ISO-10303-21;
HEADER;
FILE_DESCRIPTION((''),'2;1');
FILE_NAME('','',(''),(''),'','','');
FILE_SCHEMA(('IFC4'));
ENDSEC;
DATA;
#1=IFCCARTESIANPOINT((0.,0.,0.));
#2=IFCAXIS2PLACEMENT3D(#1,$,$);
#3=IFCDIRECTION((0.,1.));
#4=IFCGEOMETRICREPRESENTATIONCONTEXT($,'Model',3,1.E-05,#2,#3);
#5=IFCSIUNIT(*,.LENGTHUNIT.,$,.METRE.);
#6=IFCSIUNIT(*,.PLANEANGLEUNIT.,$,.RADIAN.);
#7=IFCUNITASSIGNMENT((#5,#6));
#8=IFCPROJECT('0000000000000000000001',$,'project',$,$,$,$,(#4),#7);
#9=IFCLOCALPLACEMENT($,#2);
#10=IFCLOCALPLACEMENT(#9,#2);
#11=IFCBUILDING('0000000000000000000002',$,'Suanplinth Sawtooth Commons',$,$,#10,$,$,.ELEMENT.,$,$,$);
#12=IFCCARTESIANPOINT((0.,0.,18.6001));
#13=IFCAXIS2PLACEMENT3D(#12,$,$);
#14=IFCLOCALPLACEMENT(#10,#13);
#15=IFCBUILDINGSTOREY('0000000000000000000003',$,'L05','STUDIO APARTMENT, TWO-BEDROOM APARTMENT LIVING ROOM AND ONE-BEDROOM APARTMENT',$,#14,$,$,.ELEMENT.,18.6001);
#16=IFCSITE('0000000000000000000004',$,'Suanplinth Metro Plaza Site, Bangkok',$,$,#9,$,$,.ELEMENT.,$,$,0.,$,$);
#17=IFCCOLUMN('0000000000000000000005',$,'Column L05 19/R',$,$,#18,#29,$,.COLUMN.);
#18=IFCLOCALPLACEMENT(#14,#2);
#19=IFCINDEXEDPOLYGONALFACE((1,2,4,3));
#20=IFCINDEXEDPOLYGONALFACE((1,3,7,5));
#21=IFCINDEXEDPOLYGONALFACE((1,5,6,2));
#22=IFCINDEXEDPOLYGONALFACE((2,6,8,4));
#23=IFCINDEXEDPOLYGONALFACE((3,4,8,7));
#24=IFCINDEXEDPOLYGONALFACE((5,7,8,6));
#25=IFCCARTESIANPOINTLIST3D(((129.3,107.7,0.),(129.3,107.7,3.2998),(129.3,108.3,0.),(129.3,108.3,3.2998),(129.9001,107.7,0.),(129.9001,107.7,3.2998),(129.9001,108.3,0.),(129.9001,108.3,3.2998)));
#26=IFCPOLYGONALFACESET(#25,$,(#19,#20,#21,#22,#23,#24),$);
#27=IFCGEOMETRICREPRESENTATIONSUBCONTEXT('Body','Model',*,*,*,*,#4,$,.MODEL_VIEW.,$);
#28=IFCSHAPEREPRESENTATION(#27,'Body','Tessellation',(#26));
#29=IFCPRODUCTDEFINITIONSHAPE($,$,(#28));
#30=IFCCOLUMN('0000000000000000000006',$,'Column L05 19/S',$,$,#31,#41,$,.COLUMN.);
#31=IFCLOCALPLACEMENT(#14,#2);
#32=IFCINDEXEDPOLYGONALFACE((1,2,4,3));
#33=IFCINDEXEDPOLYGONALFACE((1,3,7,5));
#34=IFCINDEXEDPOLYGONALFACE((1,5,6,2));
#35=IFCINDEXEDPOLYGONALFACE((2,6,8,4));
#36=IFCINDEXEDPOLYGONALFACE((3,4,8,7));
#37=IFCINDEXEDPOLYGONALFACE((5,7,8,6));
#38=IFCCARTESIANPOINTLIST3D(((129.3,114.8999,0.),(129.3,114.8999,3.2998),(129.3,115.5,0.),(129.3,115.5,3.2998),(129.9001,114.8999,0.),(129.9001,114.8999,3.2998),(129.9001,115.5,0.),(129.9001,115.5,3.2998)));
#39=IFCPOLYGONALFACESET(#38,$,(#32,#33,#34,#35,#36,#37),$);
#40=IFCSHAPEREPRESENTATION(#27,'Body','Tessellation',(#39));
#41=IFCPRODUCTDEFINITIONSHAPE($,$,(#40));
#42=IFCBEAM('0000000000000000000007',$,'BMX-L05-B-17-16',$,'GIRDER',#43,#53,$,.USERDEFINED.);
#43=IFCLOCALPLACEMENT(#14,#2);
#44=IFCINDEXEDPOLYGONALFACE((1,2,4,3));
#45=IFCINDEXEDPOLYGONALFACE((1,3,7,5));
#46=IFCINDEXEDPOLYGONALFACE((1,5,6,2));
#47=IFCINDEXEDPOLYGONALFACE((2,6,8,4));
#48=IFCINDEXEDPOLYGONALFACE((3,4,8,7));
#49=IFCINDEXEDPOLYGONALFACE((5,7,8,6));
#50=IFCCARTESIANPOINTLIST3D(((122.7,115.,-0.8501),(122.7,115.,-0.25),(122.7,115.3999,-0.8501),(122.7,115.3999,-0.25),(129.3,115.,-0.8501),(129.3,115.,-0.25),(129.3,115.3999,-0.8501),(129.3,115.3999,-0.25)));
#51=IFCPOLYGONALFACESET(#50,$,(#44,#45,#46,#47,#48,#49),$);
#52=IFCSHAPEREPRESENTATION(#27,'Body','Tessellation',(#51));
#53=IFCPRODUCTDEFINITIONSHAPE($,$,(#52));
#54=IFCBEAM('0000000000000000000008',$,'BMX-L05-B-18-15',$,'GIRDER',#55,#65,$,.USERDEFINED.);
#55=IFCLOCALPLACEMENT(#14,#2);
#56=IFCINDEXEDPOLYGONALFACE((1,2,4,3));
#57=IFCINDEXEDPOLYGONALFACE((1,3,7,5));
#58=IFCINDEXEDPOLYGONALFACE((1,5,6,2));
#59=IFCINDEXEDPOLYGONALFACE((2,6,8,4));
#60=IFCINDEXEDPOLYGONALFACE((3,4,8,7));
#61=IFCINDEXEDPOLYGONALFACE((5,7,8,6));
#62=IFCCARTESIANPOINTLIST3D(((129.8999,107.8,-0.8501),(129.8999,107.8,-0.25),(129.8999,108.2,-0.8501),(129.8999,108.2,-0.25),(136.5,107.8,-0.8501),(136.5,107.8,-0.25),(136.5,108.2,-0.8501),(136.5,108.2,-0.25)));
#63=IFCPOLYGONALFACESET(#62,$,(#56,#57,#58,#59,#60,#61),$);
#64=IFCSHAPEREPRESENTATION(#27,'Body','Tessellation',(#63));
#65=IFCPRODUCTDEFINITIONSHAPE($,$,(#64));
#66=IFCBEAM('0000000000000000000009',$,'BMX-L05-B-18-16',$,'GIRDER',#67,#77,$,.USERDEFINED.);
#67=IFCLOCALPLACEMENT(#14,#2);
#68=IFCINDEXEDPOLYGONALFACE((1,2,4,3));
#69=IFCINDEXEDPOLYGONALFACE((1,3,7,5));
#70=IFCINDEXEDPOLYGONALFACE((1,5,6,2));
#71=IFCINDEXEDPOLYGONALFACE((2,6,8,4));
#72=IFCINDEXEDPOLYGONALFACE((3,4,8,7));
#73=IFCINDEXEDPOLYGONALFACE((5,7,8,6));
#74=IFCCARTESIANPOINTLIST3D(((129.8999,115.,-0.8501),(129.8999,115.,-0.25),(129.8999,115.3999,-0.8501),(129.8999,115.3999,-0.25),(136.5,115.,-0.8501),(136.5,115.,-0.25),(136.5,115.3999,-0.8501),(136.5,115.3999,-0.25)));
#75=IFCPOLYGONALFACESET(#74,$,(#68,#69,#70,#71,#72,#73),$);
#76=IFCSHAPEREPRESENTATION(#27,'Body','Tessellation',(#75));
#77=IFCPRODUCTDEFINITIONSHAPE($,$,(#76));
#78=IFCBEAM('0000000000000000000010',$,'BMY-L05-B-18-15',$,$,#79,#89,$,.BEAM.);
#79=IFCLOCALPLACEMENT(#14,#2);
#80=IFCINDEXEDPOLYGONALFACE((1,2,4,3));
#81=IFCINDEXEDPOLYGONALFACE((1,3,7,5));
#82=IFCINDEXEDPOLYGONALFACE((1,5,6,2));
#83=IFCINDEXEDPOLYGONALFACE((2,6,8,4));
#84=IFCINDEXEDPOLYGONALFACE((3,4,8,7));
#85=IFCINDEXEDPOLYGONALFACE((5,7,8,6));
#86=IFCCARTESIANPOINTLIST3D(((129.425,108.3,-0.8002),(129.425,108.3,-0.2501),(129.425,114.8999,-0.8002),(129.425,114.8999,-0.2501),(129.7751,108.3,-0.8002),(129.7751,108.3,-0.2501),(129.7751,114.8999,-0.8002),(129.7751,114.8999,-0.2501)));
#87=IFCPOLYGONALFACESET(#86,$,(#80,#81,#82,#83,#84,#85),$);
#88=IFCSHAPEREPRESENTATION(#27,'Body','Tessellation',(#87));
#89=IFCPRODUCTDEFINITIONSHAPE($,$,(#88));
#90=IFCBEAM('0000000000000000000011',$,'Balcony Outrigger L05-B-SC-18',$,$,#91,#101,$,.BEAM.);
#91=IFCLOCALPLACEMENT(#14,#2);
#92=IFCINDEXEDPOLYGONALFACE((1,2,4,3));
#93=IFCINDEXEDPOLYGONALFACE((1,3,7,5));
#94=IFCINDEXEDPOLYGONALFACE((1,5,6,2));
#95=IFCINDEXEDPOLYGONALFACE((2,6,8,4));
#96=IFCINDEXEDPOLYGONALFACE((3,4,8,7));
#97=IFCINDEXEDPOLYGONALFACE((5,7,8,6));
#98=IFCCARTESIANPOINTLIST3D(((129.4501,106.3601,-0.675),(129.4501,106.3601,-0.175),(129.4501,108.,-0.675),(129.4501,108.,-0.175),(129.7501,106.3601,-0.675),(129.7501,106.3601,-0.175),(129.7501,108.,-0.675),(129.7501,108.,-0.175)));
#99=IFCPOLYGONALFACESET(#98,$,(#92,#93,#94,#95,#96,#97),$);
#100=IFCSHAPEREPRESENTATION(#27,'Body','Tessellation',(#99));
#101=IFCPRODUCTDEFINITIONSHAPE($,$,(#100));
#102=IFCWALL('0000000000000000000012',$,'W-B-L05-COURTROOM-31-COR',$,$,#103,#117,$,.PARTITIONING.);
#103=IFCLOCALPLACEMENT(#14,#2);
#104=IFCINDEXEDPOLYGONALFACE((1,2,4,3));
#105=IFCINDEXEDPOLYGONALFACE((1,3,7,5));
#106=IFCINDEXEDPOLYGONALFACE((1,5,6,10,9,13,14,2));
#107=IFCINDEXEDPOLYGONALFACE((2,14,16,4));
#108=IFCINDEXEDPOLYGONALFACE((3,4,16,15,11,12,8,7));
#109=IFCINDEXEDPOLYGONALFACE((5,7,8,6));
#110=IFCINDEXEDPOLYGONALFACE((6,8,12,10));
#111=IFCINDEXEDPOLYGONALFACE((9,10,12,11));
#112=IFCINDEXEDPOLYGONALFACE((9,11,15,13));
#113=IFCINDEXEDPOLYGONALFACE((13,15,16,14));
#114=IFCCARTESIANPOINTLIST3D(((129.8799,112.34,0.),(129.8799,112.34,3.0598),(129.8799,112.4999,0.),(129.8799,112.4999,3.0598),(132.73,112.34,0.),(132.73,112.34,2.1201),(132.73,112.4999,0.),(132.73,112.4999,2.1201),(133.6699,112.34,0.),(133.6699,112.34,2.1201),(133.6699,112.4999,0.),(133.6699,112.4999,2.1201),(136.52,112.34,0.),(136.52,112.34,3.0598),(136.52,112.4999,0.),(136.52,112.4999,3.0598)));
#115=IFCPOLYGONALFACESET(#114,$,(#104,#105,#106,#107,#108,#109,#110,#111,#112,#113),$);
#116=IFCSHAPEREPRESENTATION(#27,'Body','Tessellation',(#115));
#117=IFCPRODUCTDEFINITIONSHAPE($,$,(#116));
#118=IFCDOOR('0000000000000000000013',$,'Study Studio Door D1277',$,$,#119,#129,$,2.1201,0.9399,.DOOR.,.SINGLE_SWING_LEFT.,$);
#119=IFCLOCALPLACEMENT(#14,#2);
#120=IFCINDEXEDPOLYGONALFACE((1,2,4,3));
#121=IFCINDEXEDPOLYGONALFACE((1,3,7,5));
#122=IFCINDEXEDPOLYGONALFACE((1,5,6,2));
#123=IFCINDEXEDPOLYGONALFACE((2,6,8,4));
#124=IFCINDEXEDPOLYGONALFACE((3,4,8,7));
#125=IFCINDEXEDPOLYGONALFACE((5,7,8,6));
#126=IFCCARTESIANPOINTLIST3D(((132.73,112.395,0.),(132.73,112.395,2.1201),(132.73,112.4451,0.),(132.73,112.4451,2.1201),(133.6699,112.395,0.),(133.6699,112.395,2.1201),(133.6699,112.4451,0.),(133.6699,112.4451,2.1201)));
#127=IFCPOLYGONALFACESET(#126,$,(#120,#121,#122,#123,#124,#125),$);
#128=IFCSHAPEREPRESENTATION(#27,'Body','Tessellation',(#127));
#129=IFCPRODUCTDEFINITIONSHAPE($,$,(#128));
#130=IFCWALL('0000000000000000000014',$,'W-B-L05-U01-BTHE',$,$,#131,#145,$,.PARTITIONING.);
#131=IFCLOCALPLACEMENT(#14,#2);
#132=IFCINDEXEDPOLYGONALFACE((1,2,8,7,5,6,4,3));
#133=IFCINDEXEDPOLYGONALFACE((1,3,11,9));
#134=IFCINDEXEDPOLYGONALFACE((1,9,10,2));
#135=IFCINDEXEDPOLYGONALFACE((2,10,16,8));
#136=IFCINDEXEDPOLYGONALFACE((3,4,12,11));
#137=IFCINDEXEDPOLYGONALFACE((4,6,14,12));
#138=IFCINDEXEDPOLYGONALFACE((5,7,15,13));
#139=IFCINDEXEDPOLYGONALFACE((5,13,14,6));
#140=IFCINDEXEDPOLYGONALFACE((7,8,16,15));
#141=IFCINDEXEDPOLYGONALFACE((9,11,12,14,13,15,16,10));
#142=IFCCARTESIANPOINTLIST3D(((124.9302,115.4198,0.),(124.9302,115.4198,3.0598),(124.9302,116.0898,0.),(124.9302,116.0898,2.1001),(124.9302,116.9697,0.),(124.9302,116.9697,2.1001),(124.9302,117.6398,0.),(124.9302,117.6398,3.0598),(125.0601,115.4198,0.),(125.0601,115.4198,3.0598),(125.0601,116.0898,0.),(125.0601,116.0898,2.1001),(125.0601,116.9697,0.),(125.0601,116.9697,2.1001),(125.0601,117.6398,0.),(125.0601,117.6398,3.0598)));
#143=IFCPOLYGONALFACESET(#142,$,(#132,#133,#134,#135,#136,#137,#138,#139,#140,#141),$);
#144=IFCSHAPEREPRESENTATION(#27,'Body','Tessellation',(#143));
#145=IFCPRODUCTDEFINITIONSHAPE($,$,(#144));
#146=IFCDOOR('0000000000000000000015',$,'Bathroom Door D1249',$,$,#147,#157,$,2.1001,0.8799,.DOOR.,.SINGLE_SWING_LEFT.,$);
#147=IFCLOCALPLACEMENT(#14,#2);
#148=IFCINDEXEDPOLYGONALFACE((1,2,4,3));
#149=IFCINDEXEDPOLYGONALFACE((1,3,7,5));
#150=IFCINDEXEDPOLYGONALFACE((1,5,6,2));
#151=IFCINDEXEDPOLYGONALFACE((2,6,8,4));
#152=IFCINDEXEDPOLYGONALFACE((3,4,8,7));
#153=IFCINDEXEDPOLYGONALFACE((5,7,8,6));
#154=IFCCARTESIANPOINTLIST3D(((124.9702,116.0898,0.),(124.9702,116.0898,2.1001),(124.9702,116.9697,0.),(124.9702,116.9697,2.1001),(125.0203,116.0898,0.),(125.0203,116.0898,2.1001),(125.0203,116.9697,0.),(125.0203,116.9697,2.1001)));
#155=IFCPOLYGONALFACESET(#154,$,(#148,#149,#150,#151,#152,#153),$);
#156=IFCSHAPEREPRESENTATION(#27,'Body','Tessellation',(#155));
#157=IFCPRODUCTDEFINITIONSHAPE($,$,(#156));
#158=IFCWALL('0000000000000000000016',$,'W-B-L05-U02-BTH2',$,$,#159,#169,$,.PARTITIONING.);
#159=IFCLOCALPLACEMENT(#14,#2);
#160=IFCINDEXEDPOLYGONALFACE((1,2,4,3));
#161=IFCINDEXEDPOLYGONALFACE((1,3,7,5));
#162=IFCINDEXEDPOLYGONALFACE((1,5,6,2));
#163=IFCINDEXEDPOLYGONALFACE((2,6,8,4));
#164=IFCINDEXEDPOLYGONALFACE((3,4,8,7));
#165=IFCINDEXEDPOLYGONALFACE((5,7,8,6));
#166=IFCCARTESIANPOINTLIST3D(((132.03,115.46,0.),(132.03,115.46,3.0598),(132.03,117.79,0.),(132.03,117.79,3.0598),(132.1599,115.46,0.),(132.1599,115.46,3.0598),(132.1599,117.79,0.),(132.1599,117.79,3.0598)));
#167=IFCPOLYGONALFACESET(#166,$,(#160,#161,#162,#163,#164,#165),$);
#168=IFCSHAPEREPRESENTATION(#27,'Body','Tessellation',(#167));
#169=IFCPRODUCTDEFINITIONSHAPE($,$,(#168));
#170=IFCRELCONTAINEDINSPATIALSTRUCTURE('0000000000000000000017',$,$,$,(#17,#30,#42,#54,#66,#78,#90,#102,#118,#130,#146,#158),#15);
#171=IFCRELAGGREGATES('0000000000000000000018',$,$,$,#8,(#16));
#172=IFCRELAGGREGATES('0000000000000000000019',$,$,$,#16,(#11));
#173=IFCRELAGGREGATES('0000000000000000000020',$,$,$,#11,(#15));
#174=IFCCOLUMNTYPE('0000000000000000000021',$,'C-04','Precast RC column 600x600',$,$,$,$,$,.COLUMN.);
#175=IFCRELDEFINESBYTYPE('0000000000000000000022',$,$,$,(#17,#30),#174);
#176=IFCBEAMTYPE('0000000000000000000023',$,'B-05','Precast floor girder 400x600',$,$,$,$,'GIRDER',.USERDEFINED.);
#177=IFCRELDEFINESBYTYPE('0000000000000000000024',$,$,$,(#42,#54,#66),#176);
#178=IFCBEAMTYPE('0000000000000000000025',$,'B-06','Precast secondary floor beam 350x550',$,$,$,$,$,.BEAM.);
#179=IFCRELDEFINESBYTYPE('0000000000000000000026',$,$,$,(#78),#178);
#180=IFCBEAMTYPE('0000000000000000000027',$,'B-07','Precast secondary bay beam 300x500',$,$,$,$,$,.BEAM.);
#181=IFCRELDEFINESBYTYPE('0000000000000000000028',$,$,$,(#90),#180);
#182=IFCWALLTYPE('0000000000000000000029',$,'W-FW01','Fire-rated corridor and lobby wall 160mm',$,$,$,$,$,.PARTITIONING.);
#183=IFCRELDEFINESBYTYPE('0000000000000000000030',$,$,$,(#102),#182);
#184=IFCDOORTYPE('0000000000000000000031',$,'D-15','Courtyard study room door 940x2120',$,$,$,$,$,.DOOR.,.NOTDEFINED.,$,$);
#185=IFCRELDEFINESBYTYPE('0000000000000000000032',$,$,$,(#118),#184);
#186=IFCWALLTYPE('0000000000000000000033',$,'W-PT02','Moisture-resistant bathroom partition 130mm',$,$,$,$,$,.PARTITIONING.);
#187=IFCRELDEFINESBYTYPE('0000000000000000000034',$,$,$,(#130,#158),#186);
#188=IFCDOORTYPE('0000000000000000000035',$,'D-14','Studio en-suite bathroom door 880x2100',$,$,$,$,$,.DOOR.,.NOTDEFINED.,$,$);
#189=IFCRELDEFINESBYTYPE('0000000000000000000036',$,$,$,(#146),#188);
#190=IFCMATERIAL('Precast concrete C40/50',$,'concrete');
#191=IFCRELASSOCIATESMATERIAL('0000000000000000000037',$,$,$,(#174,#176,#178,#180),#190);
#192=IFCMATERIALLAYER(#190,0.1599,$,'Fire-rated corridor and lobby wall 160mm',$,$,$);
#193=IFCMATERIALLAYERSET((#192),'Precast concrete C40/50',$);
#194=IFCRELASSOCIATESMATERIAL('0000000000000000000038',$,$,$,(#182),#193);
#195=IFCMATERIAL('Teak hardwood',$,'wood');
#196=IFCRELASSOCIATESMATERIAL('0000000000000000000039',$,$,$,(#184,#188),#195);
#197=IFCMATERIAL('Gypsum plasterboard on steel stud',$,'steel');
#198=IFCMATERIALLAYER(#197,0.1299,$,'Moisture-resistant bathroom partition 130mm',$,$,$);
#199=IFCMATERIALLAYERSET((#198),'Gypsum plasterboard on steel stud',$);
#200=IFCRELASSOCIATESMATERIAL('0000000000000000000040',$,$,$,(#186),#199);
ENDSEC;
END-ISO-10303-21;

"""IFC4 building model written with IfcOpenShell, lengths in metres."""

from ifc_helpers import new_model, si_unit, direction, frame, frame_2d, origin, origin_2d, place, context, subcontext, project, spatial, rectangle, extrude, material, layer, layer_set, material_profile, profile_set, type_object, element, fill, save


model = new_model("IFC4")

# Units and contexts
model_context = context("Model", 3, precision=1e-05, world=origin(), true_north=direction((0.0, 1.0)))
body_context = subcontext(model_context, "Body", "Model", "MODEL_VIEW")
ifc_project = project(units=[si_unit("LENGTHUNIT", "METRE"), si_unit("PLANEANGLEUNIT", "RADIAN")], contexts=[model_context])

# Site, building, storey
site_placement = place(None, origin())
site = spatial("IfcSite", under=ifc_project, at=site_placement, Name="Suanplinth Metro Plaza Site, Bangkok", CompositionType="ELEMENT", RefElevation=0.0)
building_placement = place(site_placement, origin())
building = spatial("IfcBuilding", under=site, at=building_placement, Name="Suanplinth Sawtooth Commons", CompositionType="ELEMENT")
storey_placement = place(building_placement, frame((0.0, 0.0, 18.6001)))
storey = spatial("IfcBuildingStorey", under=building, at=storey_placement, Name="L05", Description="STUDIO APARTMENT, TWO-BEDROOM APARTMENT LIVING ROOM AND ONE-BEDROOM APARTMENT", CompositionType="ELEMENT", Elevation=18.6001)

# Columns
ifc_material_1 = material(Name="Precast concrete C40/50", Category="concrete")
ifc_material_profile_1 = material_profile(ifc_material_1, rectangle(XDim=0.6001, YDim=0.6001, at=origin_2d()), Name="PC-COL 600x600")
ifc_profile_set_1 = profile_set([ifc_material_profile_1], Name="Precast concrete C40/50")
column_type = type_object("IfcColumnType", Name="C-04", Description="Precast RC column 600x600", PredefinedType="COLUMN", material=ifc_profile_set_1)
for number, where, z_axis, x_axis, name in (
    (1, (129.6001, 108.0, 0.0), (0.0, 0.0, 1.0), (1.0, 0.0, 0.0), "Column L05 19/R"),
    (2, (129.6001, 115.2, 0.0), (0.0, 0.0, 1.0), (1.0, 0.0, 0.0), "Column L05 19/S"),
):
    element("IfcColumn", number, at=place(storey_placement, frame(where, z_axis=z_axis, x_axis=x_axis)), inside=storey, type_object=column_type, Name=name, PredefinedType="COLUMN", context=body_context, shape_type="SweptSolid", body=[
        extrude(rectangle(XDim=0.6001, YDim=0.6001, at=origin_2d()), origin(), (0.0, 0.0, 1.0), 3.2998),
    ])

# Beams
ifc_material_profile_2 = material_profile(ifc_material_1, rectangle(XDim=0.3999, YDim=0.6001, at=origin_2d()), Name="PC-GDR 400x600")
ifc_profile_set_2 = profile_set([ifc_material_profile_2], Name="Precast concrete C40/50")
beam_type_1 = type_object("IfcBeamType", Name="B-05", Description="Precast floor girder 400x600", ElementType="GIRDER", PredefinedType="USERDEFINED", material=ifc_profile_set_2)
for number, where, z_axis, x_axis, name in (
    (3, (122.7, 115.2, -0.55), (1.0, 0.0, 0.0), (0.0, 1.0, 0.0), "BMX-L05-B-17-16"),
    (4, (129.8999, 108.0, -0.55), (1.0, 0.0, 0.0), (0.0, 1.0, 0.0), "BMX-L05-B-18-15"),
    (5, (129.8999, 115.2, -0.55), (1.0, 0.0, 0.0), (0.0, 1.0, 0.0), "BMX-L05-B-18-16"),
):
    element("IfcBeam", number, at=place(storey_placement, frame(where, z_axis=z_axis, x_axis=x_axis)), inside=storey, type_object=beam_type_1, Name=name, ObjectType="GIRDER", PredefinedType="USERDEFINED", context=body_context, shape_type="SweptSolid", body=[
        extrude(rectangle(XDim=0.3999, YDim=0.6001, at=origin_2d()), origin(), (0.0, 0.0, 1.0), 6.6001),
    ])
ifc_material_profile_3 = material_profile(ifc_material_1, rectangle(XDim=0.3501, YDim=0.55, at=origin_2d()), Name="PC-BM 350x550")
ifc_profile_set_3 = profile_set([ifc_material_profile_3], Name="Precast concrete C40/50")
beam_type_2 = type_object("IfcBeamType", Name="B-06", Description="Precast secondary floor beam 350x550", PredefinedType="BEAM", material=ifc_profile_set_3)
beam_1_placement = place(storey_placement, frame((129.6001, 108.3, -0.5251), z_axis=(0.0, 1.0, 0.0), x_axis=(-1.0, 0.0, 0.0)))
element("IfcBeam", 6, at=beam_1_placement, inside=storey, type_object=beam_type_2, Name="BMY-L05-B-18-15", PredefinedType="BEAM", context=body_context, shape_type="SweptSolid", body=[
    extrude(rectangle(XDim=0.3501, YDim=0.55, at=origin_2d()), origin(), (0.0, 0.0, 1.0), 6.5999),
])
ifc_material_profile_4 = material_profile(ifc_material_1, rectangle(XDim=0.3, YDim=0.5, at=origin_2d()), Name="PC-BM 300x500")
ifc_profile_set_4 = profile_set([ifc_material_profile_4], Name="Precast concrete C40/50")
beam_type_3 = type_object("IfcBeamType", Name="B-07", Description="Precast secondary bay beam 300x500", PredefinedType="BEAM", material=ifc_profile_set_4)
beam_2_placement = place(storey_placement, frame((129.6001, 108.0, -0.425), z_axis=(0.0, -1.0, 0.0), x_axis=(1.0, 0.0, 0.0)))
element("IfcBeam", 7, at=beam_2_placement, inside=storey, type_object=beam_type_3, Name="Balcony Outrigger L05-B-SC-18", PredefinedType="BEAM", context=body_context, shape_type="SweptSolid", body=[
    extrude(rectangle(XDim=0.3, YDim=0.5, at=origin_2d()), origin(), (0.0, 0.0, 1.0), 1.6399),
])

# Walls, openings, doors
ifc_layer_1 = layer(ifc_material_1, 0.1599, Name="Fire-rated corridor and lobby wall 160mm")
ifc_layer_set_1 = layer_set([ifc_layer_1], Name="Precast concrete C40/50")
wall_type_1 = type_object("IfcWallType", Name="W-FW01", Description="Fire-rated corridor and lobby wall 160mm", PredefinedType="PARTITIONING", material=ifc_layer_set_1)
wall_1_placement = place(storey_placement, frame((129.8799, 112.4199, 0.0), z_axis=(0.0, 0.0, 1.0), x_axis=(1.0, 0.0, 0.0)))
wall_1 = element("IfcWall", 8, at=wall_1_placement, inside=storey, type_object=wall_type_1, Name="W-B-L05-COURTROOM-31-COR", PredefinedType="PARTITIONING", context=body_context, shape_type="SweptSolid", body=[
    extrude(rectangle(XDim=6.6401, YDim=0.1599, at=frame_2d((3.3201, 0.0))), origin(), (0.0, 0.0, 1.0), 3.0598),
])
opening_1_placement = place(wall_1_placement, frame((2.8501, 0.0, 0.0)))
opening_1 = element("IfcOpeningElement", 9, at=opening_1_placement, cuts=wall_1, PredefinedType="OPENING", context=body_context, shape_type="SweptSolid", body=[
    extrude(rectangle(XDim=0.9399, YDim=2.1201, at=frame_2d((0.47, 1.0601))), frame((0.0, 0.0947, 0.0), z_axis=(0.0, -1.0, 0.0), x_axis=(1.0, 0.0, 0.0)), (0.0, 0.0, 1.0), 0.1897),
])
ifc_material_2 = material(Name="Teak hardwood", Category="wood")
door_type_1 = type_object("IfcDoorType", Name="D-15", Description="Courtyard study room door 940x2120", OperationType="NOTDEFINED", PredefinedType="DOOR", material=ifc_material_2)
door_1_placement = place(opening_1_placement, frame((0.9399, 0.0, 0.0), z_axis=(0.0, 0.0, 1.0), x_axis=(-1.0, 0.0, 0.0)))
door_1 = element("IfcDoor", 10, at=door_1_placement, inside=storey, type_object=door_type_1, Name="Study Studio Door D1277", OperationType="SINGLE_SWING_LEFT", OverallHeight=2.1201, OverallWidth=0.9399, PredefinedType="DOOR", context=body_context, shape_type="SweptSolid", body=[
    extrude(rectangle(XDim=0.9399, YDim=2.1201, at=frame_2d((0.47, 1.0601))), frame((0.0, 0.0249, 0.0), z_axis=(0.0, -1.0, 0.0), x_axis=(1.0, 0.0, 0.0)), (0.0, 0.0, 1.0), 0.05),
])
fill(opening_1, door_1)
ifc_material_3 = material(Name="Gypsum plasterboard on steel stud", Category="steel")
ifc_layer_2 = layer(ifc_material_3, 0.1299, Name="Moisture-resistant bathroom partition 130mm")
ifc_layer_set_2 = layer_set([ifc_layer_2], Name="Gypsum plasterboard on steel stud")
wall_type_2 = type_object("IfcWallType", Name="W-PT02", Description="Moisture-resistant bathroom partition 130mm", PredefinedType="PARTITIONING", material=ifc_layer_set_2)
wall_2_placement = place(storey_placement, frame((124.9951, 115.4199, 0.0), z_axis=(0.0, 0.0, 1.0), x_axis=(0.0, 1.0, 0.0)))
wall_2 = element("IfcWall", 11, at=wall_2_placement, inside=storey, type_object=wall_type_2, Name="W-B-L05-U01-BTHE", PredefinedType="PARTITIONING", context=body_context, shape_type="SweptSolid", body=[
    extrude(rectangle(XDim=2.22, YDim=0.1299, at=frame_2d((1.1099, 0.0))), origin(), (0.0, 0.0, 1.0), 3.0598),
])
opening_2_placement = place(wall_2_placement, frame((0.6699, 0.0, 0.0)))
opening_2 = element("IfcOpeningElement", 12, at=opening_2_placement, cuts=wall_2, PredefinedType="OPENING", context=body_context, shape_type="SweptSolid", body=[
    extrude(rectangle(XDim=0.8799, YDim=2.1001, at=frame_2d((0.4399, 1.05))), frame((0.0, 0.0798, 0.0), z_axis=(0.0, -1.0, 0.0), x_axis=(1.0, 0.0, 0.0)), (0.0, 0.0, 1.0), 0.1597),
])
door_type_2 = type_object("IfcDoorType", Name="D-14", Description="Studio en-suite bathroom door 880x2100", OperationType="NOTDEFINED", PredefinedType="DOOR", material=ifc_material_2)
door_2_placement = place(opening_2_placement, origin())
door_2 = element("IfcDoor", 13, at=door_2_placement, inside=storey, type_object=door_type_2, Name="Bathroom Door D1249", OperationType="SINGLE_SWING_LEFT", OverallHeight=2.1001, OverallWidth=0.8799, PredefinedType="DOOR", context=body_context, shape_type="SweptSolid", body=[
    extrude(rectangle(XDim=0.8799, YDim=2.1001, at=frame_2d((0.4399, 1.05))), frame((0.0, 0.0249, 0.0), z_axis=(0.0, -1.0, 0.0), x_axis=(1.0, 0.0, 0.0)), (0.0, 0.0, 1.0), 0.05),
])
fill(opening_2, door_2)

# Wall
wall_3_placement = place(storey_placement, frame((132.095, 115.46, 0.0), z_axis=(0.0, 0.0, 1.0), x_axis=(0.0, 1.0, 0.0)))
element("IfcWall", 14, at=wall_3_placement, inside=storey, type_object=wall_type_2, Name="W-B-L05-U02-BTH2", PredefinedType="PARTITIONING", context=body_context, shape_type="SweptSolid", body=[
    extrude(rectangle(XDim=2.3301, YDim=0.1299, at=frame_2d((1.165, 0.0))), origin(), (0.0, 0.0, 1.0), 3.0598),
])

save(model, "model.ifc")
